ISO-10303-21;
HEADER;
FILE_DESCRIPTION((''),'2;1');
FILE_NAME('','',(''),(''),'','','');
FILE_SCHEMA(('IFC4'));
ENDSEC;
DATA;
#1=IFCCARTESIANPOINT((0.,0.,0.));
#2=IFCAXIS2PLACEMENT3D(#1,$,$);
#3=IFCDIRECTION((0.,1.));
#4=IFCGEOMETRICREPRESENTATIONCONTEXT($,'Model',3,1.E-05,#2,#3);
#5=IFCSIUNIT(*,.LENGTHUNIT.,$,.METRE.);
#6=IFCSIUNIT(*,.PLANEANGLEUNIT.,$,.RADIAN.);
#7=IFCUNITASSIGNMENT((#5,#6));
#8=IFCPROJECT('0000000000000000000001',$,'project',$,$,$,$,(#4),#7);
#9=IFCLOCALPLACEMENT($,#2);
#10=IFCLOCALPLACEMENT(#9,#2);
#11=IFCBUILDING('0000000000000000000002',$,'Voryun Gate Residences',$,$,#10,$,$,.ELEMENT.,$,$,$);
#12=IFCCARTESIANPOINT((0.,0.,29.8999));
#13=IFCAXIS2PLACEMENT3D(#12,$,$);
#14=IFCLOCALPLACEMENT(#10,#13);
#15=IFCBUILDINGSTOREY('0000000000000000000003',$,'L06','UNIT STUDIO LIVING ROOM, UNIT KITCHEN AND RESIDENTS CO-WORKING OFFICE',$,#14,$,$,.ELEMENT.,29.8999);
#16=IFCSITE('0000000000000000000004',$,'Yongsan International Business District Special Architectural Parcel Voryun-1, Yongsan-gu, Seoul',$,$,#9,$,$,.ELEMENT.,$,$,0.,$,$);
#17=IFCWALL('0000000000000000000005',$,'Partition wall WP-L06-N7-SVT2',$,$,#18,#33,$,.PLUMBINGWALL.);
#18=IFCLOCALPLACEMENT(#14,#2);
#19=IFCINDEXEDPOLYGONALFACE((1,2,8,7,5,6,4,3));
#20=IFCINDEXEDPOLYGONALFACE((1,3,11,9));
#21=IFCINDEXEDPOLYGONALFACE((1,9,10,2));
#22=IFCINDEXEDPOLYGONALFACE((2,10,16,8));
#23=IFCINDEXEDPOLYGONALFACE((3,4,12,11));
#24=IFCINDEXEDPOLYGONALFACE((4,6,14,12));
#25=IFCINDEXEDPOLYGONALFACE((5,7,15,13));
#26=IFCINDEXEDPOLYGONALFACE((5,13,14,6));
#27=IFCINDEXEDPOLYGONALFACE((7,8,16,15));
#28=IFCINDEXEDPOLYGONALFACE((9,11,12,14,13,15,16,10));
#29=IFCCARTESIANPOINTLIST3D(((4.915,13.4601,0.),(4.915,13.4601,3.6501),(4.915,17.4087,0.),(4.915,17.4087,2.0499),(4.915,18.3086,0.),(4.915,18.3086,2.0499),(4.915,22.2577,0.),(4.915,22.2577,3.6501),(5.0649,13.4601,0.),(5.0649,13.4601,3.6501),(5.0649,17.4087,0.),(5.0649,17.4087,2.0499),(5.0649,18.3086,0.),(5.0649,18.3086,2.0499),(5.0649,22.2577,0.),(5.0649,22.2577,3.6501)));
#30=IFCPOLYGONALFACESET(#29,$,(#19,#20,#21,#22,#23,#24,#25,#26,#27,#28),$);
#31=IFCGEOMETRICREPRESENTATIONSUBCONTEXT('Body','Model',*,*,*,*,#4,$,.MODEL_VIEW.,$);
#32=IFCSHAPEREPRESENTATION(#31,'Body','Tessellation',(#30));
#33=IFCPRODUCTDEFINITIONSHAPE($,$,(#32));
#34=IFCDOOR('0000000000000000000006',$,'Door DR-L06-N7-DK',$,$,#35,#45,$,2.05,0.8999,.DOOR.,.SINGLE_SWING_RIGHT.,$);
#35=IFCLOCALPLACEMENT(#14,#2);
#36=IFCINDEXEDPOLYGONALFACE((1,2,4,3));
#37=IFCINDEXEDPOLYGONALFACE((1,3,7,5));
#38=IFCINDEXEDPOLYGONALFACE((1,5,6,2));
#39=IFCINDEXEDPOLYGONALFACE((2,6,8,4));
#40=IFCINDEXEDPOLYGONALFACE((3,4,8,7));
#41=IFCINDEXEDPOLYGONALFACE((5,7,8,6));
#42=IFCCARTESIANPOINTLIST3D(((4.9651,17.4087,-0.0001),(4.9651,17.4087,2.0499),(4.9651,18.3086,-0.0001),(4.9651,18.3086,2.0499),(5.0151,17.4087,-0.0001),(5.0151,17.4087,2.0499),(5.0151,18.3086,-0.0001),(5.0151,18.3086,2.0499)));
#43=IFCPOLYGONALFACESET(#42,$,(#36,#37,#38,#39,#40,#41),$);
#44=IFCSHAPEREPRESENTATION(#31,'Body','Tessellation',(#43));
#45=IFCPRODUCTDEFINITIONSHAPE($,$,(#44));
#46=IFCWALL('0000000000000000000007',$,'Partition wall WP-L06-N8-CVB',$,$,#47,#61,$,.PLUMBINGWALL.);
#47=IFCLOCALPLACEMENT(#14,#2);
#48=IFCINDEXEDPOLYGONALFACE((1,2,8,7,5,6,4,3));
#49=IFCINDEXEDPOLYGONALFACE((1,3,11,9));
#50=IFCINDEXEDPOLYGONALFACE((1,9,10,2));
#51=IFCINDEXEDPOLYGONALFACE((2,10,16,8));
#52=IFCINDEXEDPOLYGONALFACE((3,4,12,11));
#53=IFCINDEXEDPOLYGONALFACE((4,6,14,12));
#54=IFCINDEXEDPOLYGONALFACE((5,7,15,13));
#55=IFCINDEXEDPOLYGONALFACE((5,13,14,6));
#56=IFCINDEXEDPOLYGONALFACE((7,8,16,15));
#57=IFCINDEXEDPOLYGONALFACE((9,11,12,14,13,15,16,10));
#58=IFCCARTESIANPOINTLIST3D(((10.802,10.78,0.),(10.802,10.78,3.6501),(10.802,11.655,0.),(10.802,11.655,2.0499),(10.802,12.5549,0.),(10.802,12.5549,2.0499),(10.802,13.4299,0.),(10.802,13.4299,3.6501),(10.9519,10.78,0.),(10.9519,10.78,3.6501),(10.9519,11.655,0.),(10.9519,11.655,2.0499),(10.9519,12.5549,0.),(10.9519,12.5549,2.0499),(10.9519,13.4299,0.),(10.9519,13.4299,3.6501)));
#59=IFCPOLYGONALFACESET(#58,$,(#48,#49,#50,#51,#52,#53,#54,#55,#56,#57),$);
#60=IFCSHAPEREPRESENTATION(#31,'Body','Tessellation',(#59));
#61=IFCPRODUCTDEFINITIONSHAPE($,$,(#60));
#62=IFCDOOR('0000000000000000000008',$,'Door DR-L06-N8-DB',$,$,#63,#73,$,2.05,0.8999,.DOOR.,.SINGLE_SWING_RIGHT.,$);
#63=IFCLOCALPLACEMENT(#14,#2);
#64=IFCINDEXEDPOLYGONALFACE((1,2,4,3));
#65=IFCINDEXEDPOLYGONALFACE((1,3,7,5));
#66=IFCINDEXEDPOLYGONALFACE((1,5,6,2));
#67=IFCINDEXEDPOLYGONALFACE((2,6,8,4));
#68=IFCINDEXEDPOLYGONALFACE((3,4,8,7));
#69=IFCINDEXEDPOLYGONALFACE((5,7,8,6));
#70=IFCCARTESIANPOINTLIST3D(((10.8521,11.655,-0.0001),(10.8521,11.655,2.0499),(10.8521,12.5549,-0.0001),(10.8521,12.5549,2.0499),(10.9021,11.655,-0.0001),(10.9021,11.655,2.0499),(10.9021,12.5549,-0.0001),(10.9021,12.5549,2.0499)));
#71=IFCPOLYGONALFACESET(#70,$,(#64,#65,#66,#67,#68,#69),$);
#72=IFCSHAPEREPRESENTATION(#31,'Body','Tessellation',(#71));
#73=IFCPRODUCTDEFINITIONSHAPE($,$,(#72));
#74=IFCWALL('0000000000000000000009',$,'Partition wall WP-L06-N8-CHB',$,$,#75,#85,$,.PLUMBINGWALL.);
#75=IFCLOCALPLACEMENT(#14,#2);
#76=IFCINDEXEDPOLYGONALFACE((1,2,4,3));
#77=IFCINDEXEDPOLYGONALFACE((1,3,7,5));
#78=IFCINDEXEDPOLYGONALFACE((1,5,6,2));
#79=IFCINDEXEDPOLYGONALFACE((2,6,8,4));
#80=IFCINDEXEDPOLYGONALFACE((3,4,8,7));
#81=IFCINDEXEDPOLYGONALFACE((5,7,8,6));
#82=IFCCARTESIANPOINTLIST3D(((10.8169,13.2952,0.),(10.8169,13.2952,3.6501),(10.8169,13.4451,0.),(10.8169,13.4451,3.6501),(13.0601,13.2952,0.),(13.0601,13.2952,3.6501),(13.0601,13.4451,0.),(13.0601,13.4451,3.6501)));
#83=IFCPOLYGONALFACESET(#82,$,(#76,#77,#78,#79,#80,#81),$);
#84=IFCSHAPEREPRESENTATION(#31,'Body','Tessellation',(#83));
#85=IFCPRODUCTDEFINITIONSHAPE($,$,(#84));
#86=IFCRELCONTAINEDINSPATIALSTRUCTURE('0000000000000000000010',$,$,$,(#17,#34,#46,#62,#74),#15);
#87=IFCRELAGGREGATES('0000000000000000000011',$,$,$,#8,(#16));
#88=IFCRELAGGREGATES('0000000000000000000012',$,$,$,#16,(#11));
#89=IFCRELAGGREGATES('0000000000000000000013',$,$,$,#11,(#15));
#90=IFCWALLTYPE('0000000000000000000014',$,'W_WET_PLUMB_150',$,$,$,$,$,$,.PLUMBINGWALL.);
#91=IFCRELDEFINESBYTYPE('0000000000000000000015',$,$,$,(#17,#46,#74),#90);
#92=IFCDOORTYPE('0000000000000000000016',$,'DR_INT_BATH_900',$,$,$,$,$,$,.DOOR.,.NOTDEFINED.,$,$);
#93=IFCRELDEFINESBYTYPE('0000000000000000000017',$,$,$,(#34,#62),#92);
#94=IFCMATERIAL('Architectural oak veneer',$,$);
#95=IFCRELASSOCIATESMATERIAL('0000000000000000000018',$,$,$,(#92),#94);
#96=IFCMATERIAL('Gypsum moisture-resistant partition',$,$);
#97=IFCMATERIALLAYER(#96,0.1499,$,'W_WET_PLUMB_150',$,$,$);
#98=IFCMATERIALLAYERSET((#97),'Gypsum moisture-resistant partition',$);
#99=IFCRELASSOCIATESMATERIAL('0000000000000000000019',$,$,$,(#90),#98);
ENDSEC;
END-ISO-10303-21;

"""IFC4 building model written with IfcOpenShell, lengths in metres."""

from ifc_helpers import new_model, si_unit, direction, frame, frame_2d, origin, place, context, subcontext, project, spatial, rectangle, extrude, material, layer, layer_set, type_object, element, fill, save


model = new_model("IFC4")

# Units and contexts
model_context = context("Model", 3, precision=1e-05, world=origin(), true_north=direction((0.0, 1.0)))
body_context = subcontext(model_context, "Body", "Model", "MODEL_VIEW")
ifc_project = project(units=[si_unit("LENGTHUNIT", "METRE"), si_unit("PLANEANGLEUNIT", "RADIAN")], contexts=[model_context])

# Site, building, storey
site_placement = place(None, origin())
site = spatial("IfcSite", under=ifc_project, at=site_placement, Name="Yongsan International Business District Special Architectural Parcel Voryun-1, Yongsan-gu, Seoul", CompositionType="ELEMENT", RefElevation=0.0)
building_placement = place(site_placement, origin())
building = spatial("IfcBuilding", under=site, at=building_placement, Name="Voryun Gate Residences", CompositionType="ELEMENT")
storey_placement = place(building_placement, frame((0.0, 0.0, 29.8999)))
storey = spatial("IfcBuildingStorey", under=building, at=storey_placement, Name="L06", Description="UNIT STUDIO LIVING ROOM, UNIT KITCHEN AND RESIDENTS CO-WORKING OFFICE", CompositionType="ELEMENT", Elevation=29.8999)

# Shared definitions
ifc_material_1 = material(Name="Architectural oak veneer")
door_type = type_object("IfcDoorType", Name="DR_INT_BATH_900", OperationType="NOTDEFINED", PredefinedType="DOOR", material=ifc_material_1)

# Shared definitions
ifc_material_2 = material(Name="Gypsum moisture-resistant partition")
ifc_layer_1 = layer(ifc_material_2, 0.1499, Name="W_WET_PLUMB_150")
ifc_layer_set_1 = layer_set([ifc_layer_1], Name="Gypsum moisture-resistant partition")
wall_type_1 = type_object("IfcWallType", Name="W_WET_PLUMB_150", PredefinedType="PLUMBINGWALL", material=ifc_layer_set_1)

# Walls, openings, doors
wall_1_placement = place(storey_placement, frame((4.99, 13.46, 0.0), z_axis=(0.0, 0.0, 1.0), x_axis=(0.0, 1.0, 0.0)))
wall_1 = element("IfcWall", 1, at=wall_1_placement, inside=storey, type_object=wall_type_1, Name="Partition wall WP-L06-N7-SVT2", PredefinedType="PLUMBINGWALL", context=body_context, shape_type="SweptSolid", body=[
    extrude(rectangle(XDim=8.7976, YDim=0.1499, at=frame_2d((4.3989, 0.0))), origin(), (0.0, 0.0, 1.0), 3.6501),
])
opening_1_placement = place(wall_1_placement, frame((3.9487, 0.0, 0.0)))
opening_1 = element("IfcOpeningElement", 2, at=opening_1_placement, cuts=wall_1, PredefinedType="OPENING", context=body_context, shape_type="SweptSolid", body=[
    extrude(rectangle(XDim=0.8999, YDim=2.05, at=frame_2d((0.45, 1.0249))), frame((0.0, 0.085, 0.0), z_axis=(0.0, -1.0, 0.0), x_axis=(1.0, 0.0, 0.0)), (0.0, 0.0, 1.0), 0.1699),
])
door_1_placement = place(opening_1_placement, origin())
door_1 = element("IfcDoor", 3, at=door_1_placement, inside=storey, type_object=door_type, Name="Door DR-L06-N7-DK", OperationType="SINGLE_SWING_RIGHT", OverallHeight=2.05, OverallWidth=0.8999, PredefinedType="DOOR", context=body_context, shape_type="SweptSolid", body=[
    extrude(rectangle(XDim=0.8999, YDim=2.05, at=frame_2d((0.45, 1.0249))), frame((0.0, 0.0249, 0.0), z_axis=(0.0, -1.0, 0.0), x_axis=(1.0, 0.0, 0.0)), (0.0, 0.0, 1.0), 0.05),
])
fill(opening_1, door_1)
wall_2_placement = place(storey_placement, frame((10.877, 10.78, 0.0), z_axis=(0.0, 0.0, 1.0), x_axis=(0.0, 1.0, 0.0)))
wall_2 = element("IfcWall", 4, at=wall_2_placement, inside=storey, type_object=wall_type_1, Name="Partition wall WP-L06-N8-CVB", PredefinedType="PLUMBINGWALL", context=body_context, shape_type="SweptSolid", body=[
    extrude(rectangle(XDim=2.6499, YDim=0.1499, at=frame_2d((1.325, 0.0))), origin(), (0.0, 0.0, 1.0), 3.6501),
])
opening_2_placement = place(wall_2_placement, frame((0.875, 0.0, 0.0)))
opening_2 = element("IfcOpeningElement", 5, at=opening_2_placement, cuts=wall_2, PredefinedType="OPENING", context=body_context, shape_type="SweptSolid", body=[
    extrude(rectangle(XDim=0.8999, YDim=2.05, at=frame_2d((0.45, 1.0249))), frame((0.0, 0.085, 0.0), z_axis=(0.0, -1.0, 0.0), x_axis=(1.0, 0.0, 0.0)), (0.0, 0.0, 1.0), 0.1699),
])
door_2_placement = place(opening_2_placement, origin())
door_2 = element("IfcDoor", 6, at=door_2_placement, inside=storey, type_object=door_type, Name="Door DR-L06-N8-DB", OperationType="SINGLE_SWING_RIGHT", OverallHeight=2.05, OverallWidth=0.8999, PredefinedType="DOOR", context=body_context, shape_type="SweptSolid", body=[
    extrude(rectangle(XDim=0.8999, YDim=2.05, at=frame_2d((0.45, 1.0249))), frame((0.0, 0.0249, 0.0), z_axis=(0.0, -1.0, 0.0), x_axis=(1.0, 0.0, 0.0)), (0.0, 0.0, 1.0), 0.05),
])
fill(opening_2, door_2)

# Wall
wall_3_placement = place(storey_placement, frame((10.8169, 13.3701, 0.0), z_axis=(0.0, 0.0, 1.0), x_axis=(1.0, 0.0, 0.0)))
element("IfcWall", 7, at=wall_3_placement, inside=storey, type_object=wall_type_1, Name="Partition wall WP-L06-N8-CHB", PredefinedType="PLUMBINGWALL", context=body_context, shape_type="SweptSolid", body=[
    extrude(rectangle(XDim=2.2432, YDim=0.1499, at=frame_2d((1.1216, 0.0))), origin(), (0.0, 0.0, 1.0), 3.6501),
])

save(model, "model.ifc")
